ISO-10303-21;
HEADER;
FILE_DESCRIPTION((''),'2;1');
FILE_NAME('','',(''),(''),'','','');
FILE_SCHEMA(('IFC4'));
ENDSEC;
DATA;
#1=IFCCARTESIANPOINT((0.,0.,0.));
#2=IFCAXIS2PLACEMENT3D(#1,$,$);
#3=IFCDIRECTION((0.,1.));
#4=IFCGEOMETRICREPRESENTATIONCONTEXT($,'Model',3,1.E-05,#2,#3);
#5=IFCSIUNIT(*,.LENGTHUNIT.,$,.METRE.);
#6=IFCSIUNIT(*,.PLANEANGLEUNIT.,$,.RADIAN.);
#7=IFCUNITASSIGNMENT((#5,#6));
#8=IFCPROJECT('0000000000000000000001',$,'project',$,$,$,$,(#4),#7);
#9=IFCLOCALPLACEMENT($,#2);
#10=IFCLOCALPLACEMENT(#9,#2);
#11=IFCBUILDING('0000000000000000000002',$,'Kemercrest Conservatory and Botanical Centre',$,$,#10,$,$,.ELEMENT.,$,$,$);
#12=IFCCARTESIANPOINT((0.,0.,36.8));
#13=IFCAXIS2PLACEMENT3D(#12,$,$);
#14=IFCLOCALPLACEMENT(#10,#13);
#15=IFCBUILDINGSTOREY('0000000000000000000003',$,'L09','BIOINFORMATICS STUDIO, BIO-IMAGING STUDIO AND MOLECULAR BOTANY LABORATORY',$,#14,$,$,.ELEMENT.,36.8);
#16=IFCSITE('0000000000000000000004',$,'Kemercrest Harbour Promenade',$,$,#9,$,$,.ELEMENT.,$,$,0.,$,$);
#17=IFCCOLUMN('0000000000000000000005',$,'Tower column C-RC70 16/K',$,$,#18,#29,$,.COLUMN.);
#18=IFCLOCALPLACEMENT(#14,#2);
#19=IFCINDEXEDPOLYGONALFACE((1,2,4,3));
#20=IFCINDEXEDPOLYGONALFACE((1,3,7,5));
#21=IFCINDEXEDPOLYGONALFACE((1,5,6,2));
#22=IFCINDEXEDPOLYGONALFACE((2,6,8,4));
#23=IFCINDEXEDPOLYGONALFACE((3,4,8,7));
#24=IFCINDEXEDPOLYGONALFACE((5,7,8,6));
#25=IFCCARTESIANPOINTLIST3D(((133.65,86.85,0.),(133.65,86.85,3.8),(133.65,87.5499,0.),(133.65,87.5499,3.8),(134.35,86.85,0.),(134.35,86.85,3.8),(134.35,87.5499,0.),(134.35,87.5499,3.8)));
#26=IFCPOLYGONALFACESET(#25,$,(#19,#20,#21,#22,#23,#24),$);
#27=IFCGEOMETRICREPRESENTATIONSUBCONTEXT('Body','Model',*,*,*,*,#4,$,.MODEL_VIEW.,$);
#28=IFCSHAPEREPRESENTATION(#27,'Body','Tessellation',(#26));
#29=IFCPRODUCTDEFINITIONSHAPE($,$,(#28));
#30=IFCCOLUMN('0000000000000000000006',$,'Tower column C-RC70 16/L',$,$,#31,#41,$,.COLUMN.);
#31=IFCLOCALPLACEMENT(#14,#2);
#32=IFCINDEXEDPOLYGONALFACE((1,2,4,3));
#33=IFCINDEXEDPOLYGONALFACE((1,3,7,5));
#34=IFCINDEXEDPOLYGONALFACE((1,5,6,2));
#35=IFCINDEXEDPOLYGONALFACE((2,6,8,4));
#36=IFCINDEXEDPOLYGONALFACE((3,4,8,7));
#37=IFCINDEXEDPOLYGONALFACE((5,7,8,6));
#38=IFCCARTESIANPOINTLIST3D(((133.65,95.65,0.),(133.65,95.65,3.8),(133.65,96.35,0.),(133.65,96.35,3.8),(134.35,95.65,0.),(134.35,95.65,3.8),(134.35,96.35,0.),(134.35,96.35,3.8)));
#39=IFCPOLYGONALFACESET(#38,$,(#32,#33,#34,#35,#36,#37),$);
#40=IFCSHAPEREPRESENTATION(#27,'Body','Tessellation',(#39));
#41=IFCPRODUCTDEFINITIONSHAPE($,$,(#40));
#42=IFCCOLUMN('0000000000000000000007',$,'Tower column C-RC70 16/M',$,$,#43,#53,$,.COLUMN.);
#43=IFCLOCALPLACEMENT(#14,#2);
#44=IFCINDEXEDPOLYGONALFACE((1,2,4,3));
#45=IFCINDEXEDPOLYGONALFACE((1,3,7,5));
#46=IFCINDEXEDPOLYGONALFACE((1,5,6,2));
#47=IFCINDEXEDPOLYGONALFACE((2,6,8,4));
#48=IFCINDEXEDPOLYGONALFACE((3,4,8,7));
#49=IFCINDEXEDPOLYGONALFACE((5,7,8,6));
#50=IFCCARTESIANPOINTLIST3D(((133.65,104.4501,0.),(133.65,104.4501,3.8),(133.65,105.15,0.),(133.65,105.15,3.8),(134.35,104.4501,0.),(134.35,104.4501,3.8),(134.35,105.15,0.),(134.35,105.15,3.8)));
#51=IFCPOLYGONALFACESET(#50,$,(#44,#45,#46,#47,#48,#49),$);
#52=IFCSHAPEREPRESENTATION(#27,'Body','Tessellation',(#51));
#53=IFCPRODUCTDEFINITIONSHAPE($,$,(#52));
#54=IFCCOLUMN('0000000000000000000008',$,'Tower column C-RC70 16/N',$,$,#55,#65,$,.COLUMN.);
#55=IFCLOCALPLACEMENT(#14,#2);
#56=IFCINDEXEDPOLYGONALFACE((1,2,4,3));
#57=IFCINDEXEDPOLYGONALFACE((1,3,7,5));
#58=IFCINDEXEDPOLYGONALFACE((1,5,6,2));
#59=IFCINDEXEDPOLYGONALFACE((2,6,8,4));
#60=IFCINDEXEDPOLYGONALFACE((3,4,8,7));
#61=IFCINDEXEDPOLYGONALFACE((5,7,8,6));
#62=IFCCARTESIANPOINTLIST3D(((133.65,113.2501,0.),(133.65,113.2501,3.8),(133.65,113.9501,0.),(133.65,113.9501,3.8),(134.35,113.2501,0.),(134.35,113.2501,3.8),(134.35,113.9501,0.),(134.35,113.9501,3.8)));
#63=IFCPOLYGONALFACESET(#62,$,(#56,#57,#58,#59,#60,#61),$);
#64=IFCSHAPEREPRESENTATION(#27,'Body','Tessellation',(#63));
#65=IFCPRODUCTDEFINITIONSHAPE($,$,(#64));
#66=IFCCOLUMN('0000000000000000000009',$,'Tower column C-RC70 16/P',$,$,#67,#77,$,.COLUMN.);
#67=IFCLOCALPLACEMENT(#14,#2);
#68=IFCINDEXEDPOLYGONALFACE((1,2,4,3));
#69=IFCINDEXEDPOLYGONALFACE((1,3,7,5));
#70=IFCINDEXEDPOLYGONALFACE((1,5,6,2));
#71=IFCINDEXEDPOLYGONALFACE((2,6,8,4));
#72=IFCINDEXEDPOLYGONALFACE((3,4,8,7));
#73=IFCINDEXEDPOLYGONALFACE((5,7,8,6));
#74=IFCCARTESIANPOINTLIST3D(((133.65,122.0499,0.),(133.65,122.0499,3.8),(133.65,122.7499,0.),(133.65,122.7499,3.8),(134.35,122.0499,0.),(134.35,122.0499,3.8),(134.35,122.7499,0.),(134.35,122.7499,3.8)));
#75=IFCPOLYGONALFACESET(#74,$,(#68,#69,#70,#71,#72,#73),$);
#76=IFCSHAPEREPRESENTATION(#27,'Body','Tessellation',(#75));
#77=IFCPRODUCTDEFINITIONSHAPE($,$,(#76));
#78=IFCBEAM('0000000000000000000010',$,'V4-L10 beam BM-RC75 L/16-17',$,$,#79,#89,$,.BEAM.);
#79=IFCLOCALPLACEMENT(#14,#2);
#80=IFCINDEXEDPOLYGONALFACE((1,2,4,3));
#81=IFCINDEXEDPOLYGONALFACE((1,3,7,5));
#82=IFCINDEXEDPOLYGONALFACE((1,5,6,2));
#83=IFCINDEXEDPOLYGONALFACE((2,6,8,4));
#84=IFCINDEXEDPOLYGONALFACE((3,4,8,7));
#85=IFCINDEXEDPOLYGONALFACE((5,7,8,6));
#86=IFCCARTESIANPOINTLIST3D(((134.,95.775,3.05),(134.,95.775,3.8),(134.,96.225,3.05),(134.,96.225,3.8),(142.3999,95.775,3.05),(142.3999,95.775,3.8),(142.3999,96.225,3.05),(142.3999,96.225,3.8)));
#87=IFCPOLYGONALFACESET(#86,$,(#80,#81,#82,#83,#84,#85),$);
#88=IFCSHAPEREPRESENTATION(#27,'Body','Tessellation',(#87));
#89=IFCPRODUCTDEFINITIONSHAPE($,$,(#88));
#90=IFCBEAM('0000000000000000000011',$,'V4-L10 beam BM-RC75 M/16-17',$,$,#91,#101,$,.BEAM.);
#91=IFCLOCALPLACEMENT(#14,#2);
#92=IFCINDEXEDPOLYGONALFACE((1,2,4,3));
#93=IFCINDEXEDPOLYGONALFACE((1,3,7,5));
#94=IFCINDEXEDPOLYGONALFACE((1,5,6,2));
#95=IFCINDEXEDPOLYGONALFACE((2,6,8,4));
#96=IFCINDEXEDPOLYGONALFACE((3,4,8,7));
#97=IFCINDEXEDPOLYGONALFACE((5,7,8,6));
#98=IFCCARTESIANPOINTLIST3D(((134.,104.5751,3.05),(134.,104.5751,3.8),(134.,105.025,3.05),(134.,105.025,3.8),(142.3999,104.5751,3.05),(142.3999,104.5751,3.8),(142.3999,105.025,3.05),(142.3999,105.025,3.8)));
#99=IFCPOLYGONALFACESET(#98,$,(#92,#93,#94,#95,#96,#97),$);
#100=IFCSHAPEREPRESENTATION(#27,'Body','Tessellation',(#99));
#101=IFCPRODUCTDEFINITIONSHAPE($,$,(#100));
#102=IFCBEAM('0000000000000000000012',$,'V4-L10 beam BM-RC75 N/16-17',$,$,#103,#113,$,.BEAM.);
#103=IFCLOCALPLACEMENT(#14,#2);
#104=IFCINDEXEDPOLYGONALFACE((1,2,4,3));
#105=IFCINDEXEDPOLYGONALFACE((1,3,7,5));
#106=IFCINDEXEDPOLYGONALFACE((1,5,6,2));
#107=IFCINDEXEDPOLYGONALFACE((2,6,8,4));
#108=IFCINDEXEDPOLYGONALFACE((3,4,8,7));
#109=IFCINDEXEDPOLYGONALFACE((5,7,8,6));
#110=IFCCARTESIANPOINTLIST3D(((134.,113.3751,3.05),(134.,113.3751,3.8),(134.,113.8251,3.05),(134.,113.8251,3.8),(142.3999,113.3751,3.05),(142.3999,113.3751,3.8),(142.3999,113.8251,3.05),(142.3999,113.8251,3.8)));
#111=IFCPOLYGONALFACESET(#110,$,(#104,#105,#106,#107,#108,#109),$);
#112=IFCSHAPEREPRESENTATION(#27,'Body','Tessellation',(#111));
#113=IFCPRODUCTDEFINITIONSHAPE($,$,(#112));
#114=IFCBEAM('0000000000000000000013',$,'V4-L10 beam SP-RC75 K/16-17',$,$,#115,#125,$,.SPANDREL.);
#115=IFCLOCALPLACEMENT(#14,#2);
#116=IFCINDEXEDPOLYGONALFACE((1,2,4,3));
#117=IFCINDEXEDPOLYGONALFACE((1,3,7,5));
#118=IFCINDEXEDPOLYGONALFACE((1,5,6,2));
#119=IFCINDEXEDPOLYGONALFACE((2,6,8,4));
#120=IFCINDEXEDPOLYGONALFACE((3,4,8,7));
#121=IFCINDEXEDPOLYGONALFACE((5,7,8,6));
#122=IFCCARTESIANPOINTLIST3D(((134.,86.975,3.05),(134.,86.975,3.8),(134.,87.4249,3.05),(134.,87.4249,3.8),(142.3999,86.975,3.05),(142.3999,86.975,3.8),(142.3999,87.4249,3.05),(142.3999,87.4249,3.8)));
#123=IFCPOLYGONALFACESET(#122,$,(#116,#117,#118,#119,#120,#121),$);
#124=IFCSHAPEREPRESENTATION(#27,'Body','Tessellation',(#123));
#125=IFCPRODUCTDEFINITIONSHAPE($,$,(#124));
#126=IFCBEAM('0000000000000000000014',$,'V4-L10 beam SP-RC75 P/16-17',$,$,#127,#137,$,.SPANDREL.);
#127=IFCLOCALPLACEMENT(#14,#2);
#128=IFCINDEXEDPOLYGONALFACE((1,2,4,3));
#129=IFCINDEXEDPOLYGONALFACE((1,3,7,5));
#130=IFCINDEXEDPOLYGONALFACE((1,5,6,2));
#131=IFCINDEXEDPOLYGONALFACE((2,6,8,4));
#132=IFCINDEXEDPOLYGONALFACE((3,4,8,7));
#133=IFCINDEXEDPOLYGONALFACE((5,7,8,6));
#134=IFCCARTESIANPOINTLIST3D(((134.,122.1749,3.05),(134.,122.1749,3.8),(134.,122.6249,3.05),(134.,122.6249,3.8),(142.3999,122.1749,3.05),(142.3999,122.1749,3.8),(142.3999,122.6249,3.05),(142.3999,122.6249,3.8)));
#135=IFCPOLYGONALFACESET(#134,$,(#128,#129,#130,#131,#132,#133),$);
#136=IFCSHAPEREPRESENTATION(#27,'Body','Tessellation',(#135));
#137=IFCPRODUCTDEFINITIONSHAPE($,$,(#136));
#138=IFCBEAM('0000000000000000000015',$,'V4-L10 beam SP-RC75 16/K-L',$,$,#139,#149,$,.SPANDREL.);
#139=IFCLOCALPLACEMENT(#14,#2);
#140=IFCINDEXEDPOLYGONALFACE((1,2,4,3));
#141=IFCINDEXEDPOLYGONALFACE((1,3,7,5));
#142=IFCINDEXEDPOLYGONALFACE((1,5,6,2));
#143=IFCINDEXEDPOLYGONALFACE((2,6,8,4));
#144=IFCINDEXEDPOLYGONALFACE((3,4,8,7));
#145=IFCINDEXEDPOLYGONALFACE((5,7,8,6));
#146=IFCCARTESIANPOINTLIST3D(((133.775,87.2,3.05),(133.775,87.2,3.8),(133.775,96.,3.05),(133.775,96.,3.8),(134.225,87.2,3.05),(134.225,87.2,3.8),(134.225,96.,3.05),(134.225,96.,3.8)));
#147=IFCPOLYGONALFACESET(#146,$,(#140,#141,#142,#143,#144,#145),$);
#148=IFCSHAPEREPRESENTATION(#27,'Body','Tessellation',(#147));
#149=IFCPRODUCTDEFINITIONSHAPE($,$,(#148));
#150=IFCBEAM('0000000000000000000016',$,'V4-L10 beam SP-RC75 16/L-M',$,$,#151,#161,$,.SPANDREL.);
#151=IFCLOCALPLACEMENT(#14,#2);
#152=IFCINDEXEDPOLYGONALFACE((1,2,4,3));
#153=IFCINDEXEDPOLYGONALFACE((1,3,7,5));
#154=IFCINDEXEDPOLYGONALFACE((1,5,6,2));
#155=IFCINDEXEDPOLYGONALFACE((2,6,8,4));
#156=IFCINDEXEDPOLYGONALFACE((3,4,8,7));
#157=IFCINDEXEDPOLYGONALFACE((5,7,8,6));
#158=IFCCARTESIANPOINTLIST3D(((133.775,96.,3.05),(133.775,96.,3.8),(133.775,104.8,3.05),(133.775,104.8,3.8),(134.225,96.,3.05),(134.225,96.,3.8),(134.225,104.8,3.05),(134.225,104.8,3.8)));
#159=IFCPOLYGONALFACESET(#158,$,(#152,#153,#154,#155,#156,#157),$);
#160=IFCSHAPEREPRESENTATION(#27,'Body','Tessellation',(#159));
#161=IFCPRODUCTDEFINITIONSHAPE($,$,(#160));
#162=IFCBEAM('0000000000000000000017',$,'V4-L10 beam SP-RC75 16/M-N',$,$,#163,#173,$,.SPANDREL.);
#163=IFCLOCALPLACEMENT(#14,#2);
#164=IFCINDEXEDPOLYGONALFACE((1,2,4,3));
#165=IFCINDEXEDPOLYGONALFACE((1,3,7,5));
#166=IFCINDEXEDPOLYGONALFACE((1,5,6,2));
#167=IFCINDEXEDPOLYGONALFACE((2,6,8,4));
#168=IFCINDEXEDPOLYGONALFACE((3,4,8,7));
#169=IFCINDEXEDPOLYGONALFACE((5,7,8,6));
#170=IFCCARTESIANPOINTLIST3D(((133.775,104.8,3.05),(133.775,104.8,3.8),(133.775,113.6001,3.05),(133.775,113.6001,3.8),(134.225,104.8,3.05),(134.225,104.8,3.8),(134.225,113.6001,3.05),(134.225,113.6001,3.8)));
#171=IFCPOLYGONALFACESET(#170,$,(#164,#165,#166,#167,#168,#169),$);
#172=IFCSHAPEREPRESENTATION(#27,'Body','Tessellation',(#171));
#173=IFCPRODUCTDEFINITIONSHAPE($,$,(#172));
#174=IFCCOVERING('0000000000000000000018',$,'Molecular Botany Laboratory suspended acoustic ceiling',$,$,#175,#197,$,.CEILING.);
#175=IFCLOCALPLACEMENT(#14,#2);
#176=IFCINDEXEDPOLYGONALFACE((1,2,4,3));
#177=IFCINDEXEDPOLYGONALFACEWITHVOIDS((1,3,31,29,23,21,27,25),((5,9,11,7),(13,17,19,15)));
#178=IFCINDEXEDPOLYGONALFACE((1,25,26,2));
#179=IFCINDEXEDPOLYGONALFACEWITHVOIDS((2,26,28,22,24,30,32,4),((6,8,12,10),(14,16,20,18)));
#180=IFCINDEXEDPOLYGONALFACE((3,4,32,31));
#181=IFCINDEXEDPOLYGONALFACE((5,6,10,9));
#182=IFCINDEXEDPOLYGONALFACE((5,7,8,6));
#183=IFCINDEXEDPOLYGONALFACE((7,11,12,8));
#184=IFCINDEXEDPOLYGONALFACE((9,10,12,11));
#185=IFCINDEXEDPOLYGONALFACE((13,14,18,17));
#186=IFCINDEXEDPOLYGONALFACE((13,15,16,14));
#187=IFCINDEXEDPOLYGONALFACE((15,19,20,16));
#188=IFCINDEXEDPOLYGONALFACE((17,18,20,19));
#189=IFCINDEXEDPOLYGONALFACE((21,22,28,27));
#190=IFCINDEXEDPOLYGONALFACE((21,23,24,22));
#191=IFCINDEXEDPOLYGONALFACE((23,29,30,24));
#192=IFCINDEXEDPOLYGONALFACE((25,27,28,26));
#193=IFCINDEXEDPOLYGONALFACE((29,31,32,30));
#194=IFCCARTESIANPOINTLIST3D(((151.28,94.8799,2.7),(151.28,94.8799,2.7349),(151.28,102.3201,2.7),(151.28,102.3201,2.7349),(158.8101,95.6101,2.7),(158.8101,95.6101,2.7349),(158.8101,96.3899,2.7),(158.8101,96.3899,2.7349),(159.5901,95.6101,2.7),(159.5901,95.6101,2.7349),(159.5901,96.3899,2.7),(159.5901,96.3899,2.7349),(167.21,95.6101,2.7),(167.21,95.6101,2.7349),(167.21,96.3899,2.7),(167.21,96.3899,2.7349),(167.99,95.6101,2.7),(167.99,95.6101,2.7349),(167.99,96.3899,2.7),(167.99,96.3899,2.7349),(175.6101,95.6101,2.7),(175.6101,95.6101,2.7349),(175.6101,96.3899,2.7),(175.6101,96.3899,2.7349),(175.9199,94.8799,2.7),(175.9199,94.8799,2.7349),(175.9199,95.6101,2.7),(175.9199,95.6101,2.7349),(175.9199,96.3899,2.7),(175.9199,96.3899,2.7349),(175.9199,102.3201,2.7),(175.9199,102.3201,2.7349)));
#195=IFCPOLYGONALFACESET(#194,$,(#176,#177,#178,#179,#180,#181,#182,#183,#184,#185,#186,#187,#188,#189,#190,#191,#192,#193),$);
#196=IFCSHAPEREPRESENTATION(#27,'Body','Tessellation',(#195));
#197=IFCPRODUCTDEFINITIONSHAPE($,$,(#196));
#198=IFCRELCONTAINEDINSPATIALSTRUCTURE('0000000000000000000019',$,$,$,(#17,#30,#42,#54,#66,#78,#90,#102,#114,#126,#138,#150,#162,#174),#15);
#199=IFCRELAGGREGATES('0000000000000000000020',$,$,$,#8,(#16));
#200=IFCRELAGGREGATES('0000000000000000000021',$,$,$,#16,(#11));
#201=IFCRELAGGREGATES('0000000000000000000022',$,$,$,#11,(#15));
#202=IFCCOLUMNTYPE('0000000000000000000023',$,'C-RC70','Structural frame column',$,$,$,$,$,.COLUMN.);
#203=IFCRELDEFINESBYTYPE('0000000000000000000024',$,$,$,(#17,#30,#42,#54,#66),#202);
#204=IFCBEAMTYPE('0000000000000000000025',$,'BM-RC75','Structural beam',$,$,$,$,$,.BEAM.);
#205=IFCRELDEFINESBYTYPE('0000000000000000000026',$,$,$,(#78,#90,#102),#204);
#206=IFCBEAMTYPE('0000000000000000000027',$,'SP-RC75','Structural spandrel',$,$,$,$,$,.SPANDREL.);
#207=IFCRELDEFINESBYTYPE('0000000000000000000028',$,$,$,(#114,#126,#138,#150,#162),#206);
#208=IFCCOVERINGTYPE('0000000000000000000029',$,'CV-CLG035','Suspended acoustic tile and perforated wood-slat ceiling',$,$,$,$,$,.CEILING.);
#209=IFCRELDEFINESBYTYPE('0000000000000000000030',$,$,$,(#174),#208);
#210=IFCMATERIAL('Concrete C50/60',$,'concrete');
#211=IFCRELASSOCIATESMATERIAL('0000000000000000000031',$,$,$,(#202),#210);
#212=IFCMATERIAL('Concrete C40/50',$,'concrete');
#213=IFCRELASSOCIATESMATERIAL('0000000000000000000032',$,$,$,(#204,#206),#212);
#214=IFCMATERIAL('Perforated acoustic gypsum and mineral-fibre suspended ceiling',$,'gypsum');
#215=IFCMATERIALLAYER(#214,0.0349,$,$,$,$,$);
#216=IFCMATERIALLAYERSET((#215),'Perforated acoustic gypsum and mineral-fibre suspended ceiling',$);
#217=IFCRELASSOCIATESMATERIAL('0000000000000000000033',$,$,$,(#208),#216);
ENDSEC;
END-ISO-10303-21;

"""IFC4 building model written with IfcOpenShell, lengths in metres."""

from ifc_helpers import new_model, si_unit, direction, frame, origin, origin_2d, place, context, subcontext, project, spatial, polyline, rectangle, outline, extrude, material, layer, layer_set, material_profile, profile_set, type_object, element, save


model = new_model("IFC4")

# Units and contexts
model_context = context("Model", 3, precision=1e-05, world=origin(), true_north=direction((0.0, 1.0)))
body_context = subcontext(model_context, "Body", "Model", "MODEL_VIEW")
ifc_project = project(units=[si_unit("LENGTHUNIT", "METRE"), si_unit("PLANEANGLEUNIT", "RADIAN")], contexts=[model_context])

# Site, building, storey
site_placement = place(None, origin())
site = spatial("IfcSite", under=ifc_project, at=site_placement, Name="Kemercrest Harbour Promenade", CompositionType="ELEMENT", RefElevation=0.0)
building_placement = place(site_placement, origin())
building = spatial("IfcBuilding", under=site, at=building_placement, Name="Kemercrest Conservatory and Botanical Centre", CompositionType="ELEMENT")
storey_placement = place(building_placement, frame((0.0, 0.0, 36.8)))
storey = spatial("IfcBuildingStorey", under=building, at=storey_placement, Name="L09", Description="BIOINFORMATICS STUDIO, BIO-IMAGING STUDIO AND MOLECULAR BOTANY LABORATORY", CompositionType="ELEMENT", Elevation=36.8)

# Columns
ifc_material_1 = material(Name="Concrete C50/60", Category="concrete")
ifc_material_profile_1 = material_profile(ifc_material_1, rectangle(XDim=0.7, YDim=0.7, at=origin_2d()), Name="RC 700x700")
ifc_profile_set_1 = profile_set([ifc_material_profile_1], Name="Concrete C50/60")
column_type = type_object("IfcColumnType", Name="C-RC70", Description="Structural frame column", PredefinedType="COLUMN", material=ifc_profile_set_1)
for number, where, z_axis, x_axis, name in (
    (1, (134.0, 87.2, 0.0), (0.0, 0.0, 1.0), (1.0, 0.0, 0.0), "Tower column C-RC70 16/K"),
    (2, (134.0, 96.0, 0.0), (0.0, 0.0, 1.0), (1.0, 0.0, 0.0), "Tower column C-RC70 16/L"),
    (3, (134.0, 104.8, 0.0), (0.0, 0.0, 1.0), (1.0, 0.0, 0.0), "Tower column C-RC70 16/M"),
    (4, (134.0, 113.6001, 0.0), (0.0, 0.0, 1.0), (1.0, 0.0, 0.0), "Tower column C-RC70 16/N"),
    (5, (134.0, 122.3999, 0.0), (0.0, 0.0, 1.0), (1.0, 0.0, 0.0), "Tower column C-RC70 16/P"),
):
    element("IfcColumn", number, at=place(storey_placement, frame(where, z_axis=z_axis, x_axis=x_axis)), inside=storey, type_object=column_type, Name=name, PredefinedType="COLUMN", context=body_context, shape_type="SweptSolid", body=[
        extrude(rectangle(XDim=0.7, YDim=0.7, at=origin_2d()), origin(), (0.0, 0.0, 1.0), 3.8),
    ])

# Beams
ifc_material_2 = material(Name="Concrete C40/50", Category="concrete")
ifc_material_profile_2 = material_profile(ifc_material_2, rectangle(XDim=0.45, YDim=0.75, at=origin_2d()), Name="RC 450x750")
ifc_profile_set_2 = profile_set([ifc_material_profile_2], Name="Concrete C40/50")
beam_type_1 = type_object("IfcBeamType", Name="BM-RC75", Description="Structural beam", PredefinedType="BEAM", material=ifc_profile_set_2)
for number, where, z_axis, x_axis, name in (
    (6, (134.0, 96.0, 3.425), (1.0, 0.0, 0.0), (0.0, 1.0, 0.0), "V4-L10 beam BM-RC75 L/16-17"),
    (7, (134.0, 104.8, 3.425), (1.0, 0.0, 0.0), (0.0, 1.0, 0.0), "V4-L10 beam BM-RC75 M/16-17"),
    (8, (134.0, 113.6001, 3.425), (1.0, 0.0, 0.0), (0.0, 1.0, 0.0), "V4-L10 beam BM-RC75 N/16-17"),
):
    element("IfcBeam", number, at=place(storey_placement, frame(where, z_axis=z_axis, x_axis=x_axis)), inside=storey, type_object=beam_type_1, Name=name, PredefinedType="BEAM", context=body_context, shape_type="SweptSolid", body=[
        extrude(rectangle(XDim=0.45, YDim=0.75, at=origin_2d()), origin(), (0.0, 0.0, 1.0), 8.3999),
    ])
ifc_material_profile_3 = material_profile(ifc_material_2, rectangle(XDim=0.45, YDim=0.75, at=origin_2d()), Name="RC 450x750")
ifc_profile_set_3 = profile_set([ifc_material_profile_3], Name="Concrete C40/50")
beam_type_2 = type_object("IfcBeamType", Name="SP-RC75", Description="Structural spandrel", PredefinedType="SPANDREL", material=ifc_profile_set_3)
for number, where, z_axis, x_axis, name in (
    (9, (134.0, 87.2, 3.425), (1.0, 0.0, 0.0), (0.0, 1.0, 0.0), "V4-L10 beam SP-RC75 K/16-17"),
    (10, (134.0, 122.3999, 3.425), (1.0, 0.0, 0.0), (0.0, 1.0, 0.0), "V4-L10 beam SP-RC75 P/16-17"),
):
    element("IfcBeam", number, at=place(storey_placement, frame(where, z_axis=z_axis, x_axis=x_axis)), inside=storey, type_object=beam_type_2, Name=name, PredefinedType="SPANDREL", context=body_context, shape_type="SweptSolid", body=[
        extrude(rectangle(XDim=0.45, YDim=0.75, at=origin_2d()), origin(), (0.0, 0.0, 1.0), 8.3999),
    ])
for number, where, z_axis, x_axis, name in (
    (11, (134.0, 87.2, 3.425), (0.0, 1.0, 0.0), (-1.0, 0.0, 0.0), "V4-L10 beam SP-RC75 16/K-L"),
    (12, (134.0, 96.0, 3.425), (0.0, 1.0, 0.0), (-1.0, 0.0, 0.0), "V4-L10 beam SP-RC75 16/L-M"),
    (13, (134.0, 104.8, 3.425), (0.0, 1.0, 0.0), (-1.0, 0.0, 0.0), "V4-L10 beam SP-RC75 16/M-N"),
):
    element("IfcBeam", number, at=place(storey_placement, frame(where, z_axis=z_axis, x_axis=x_axis)), inside=storey, type_object=beam_type_2, Name=name, PredefinedType="SPANDREL", context=body_context, shape_type="SweptSolid", body=[
        extrude(rectangle(XDim=0.45, YDim=0.75, at=origin_2d()), origin(), (0.0, 0.0, 1.0), 8.8),
    ])

# Covering
ifc_material_3 = material(Name="Perforated acoustic gypsum and mineral-fibre suspended ceiling", Category="gypsum")
ifc_layer_1 = layer(ifc_material_3, 0.0349)
ifc_layer_set_1 = layer_set([ifc_layer_1], Name="Perforated acoustic gypsum and mineral-fibre suspended ceiling")
covering_type_1 = type_object("IfcCoveringType", Name="CV-CLG035", Description="Suspended acoustic tile and perforated wood-slat ceiling", PredefinedType="CEILING", material=ifc_layer_set_1)
covering_1_placement = place(storey_placement, frame((0.0, 0.0, 2.7)))
element("IfcCovering", 14, at=covering_1_placement, inside=storey, type_object=covering_type_1, Name="Molecular Botany Laboratory suspended acoustic ceiling", PredefinedType="CEILING", context=body_context, shape_type="SweptSolid", body=[
    extrude(outline(polyline([(175.9199, 102.3201), (151.28, 102.3201), (151.28, 94.8799), (175.9199, 94.8799), (175.9199, 95.6101), (175.6101, 95.6101), (175.6101, 96.3899), (175.9199, 96.3899), (175.9199, 102.3201)]), holes=[polyline([(167.21, 96.3899), (167.99, 96.3899), (167.99, 95.6101), (167.21, 95.6101), (167.21, 96.3899)]), polyline([(158.8101, 96.3899), (159.5901, 96.3899), (159.5901, 95.6101), (158.8101, 95.6101), (158.8101, 96.3899)])]), origin(), (0.0, 0.0, 1.0), 0.0349),
])

save(model, "model.ifc")
